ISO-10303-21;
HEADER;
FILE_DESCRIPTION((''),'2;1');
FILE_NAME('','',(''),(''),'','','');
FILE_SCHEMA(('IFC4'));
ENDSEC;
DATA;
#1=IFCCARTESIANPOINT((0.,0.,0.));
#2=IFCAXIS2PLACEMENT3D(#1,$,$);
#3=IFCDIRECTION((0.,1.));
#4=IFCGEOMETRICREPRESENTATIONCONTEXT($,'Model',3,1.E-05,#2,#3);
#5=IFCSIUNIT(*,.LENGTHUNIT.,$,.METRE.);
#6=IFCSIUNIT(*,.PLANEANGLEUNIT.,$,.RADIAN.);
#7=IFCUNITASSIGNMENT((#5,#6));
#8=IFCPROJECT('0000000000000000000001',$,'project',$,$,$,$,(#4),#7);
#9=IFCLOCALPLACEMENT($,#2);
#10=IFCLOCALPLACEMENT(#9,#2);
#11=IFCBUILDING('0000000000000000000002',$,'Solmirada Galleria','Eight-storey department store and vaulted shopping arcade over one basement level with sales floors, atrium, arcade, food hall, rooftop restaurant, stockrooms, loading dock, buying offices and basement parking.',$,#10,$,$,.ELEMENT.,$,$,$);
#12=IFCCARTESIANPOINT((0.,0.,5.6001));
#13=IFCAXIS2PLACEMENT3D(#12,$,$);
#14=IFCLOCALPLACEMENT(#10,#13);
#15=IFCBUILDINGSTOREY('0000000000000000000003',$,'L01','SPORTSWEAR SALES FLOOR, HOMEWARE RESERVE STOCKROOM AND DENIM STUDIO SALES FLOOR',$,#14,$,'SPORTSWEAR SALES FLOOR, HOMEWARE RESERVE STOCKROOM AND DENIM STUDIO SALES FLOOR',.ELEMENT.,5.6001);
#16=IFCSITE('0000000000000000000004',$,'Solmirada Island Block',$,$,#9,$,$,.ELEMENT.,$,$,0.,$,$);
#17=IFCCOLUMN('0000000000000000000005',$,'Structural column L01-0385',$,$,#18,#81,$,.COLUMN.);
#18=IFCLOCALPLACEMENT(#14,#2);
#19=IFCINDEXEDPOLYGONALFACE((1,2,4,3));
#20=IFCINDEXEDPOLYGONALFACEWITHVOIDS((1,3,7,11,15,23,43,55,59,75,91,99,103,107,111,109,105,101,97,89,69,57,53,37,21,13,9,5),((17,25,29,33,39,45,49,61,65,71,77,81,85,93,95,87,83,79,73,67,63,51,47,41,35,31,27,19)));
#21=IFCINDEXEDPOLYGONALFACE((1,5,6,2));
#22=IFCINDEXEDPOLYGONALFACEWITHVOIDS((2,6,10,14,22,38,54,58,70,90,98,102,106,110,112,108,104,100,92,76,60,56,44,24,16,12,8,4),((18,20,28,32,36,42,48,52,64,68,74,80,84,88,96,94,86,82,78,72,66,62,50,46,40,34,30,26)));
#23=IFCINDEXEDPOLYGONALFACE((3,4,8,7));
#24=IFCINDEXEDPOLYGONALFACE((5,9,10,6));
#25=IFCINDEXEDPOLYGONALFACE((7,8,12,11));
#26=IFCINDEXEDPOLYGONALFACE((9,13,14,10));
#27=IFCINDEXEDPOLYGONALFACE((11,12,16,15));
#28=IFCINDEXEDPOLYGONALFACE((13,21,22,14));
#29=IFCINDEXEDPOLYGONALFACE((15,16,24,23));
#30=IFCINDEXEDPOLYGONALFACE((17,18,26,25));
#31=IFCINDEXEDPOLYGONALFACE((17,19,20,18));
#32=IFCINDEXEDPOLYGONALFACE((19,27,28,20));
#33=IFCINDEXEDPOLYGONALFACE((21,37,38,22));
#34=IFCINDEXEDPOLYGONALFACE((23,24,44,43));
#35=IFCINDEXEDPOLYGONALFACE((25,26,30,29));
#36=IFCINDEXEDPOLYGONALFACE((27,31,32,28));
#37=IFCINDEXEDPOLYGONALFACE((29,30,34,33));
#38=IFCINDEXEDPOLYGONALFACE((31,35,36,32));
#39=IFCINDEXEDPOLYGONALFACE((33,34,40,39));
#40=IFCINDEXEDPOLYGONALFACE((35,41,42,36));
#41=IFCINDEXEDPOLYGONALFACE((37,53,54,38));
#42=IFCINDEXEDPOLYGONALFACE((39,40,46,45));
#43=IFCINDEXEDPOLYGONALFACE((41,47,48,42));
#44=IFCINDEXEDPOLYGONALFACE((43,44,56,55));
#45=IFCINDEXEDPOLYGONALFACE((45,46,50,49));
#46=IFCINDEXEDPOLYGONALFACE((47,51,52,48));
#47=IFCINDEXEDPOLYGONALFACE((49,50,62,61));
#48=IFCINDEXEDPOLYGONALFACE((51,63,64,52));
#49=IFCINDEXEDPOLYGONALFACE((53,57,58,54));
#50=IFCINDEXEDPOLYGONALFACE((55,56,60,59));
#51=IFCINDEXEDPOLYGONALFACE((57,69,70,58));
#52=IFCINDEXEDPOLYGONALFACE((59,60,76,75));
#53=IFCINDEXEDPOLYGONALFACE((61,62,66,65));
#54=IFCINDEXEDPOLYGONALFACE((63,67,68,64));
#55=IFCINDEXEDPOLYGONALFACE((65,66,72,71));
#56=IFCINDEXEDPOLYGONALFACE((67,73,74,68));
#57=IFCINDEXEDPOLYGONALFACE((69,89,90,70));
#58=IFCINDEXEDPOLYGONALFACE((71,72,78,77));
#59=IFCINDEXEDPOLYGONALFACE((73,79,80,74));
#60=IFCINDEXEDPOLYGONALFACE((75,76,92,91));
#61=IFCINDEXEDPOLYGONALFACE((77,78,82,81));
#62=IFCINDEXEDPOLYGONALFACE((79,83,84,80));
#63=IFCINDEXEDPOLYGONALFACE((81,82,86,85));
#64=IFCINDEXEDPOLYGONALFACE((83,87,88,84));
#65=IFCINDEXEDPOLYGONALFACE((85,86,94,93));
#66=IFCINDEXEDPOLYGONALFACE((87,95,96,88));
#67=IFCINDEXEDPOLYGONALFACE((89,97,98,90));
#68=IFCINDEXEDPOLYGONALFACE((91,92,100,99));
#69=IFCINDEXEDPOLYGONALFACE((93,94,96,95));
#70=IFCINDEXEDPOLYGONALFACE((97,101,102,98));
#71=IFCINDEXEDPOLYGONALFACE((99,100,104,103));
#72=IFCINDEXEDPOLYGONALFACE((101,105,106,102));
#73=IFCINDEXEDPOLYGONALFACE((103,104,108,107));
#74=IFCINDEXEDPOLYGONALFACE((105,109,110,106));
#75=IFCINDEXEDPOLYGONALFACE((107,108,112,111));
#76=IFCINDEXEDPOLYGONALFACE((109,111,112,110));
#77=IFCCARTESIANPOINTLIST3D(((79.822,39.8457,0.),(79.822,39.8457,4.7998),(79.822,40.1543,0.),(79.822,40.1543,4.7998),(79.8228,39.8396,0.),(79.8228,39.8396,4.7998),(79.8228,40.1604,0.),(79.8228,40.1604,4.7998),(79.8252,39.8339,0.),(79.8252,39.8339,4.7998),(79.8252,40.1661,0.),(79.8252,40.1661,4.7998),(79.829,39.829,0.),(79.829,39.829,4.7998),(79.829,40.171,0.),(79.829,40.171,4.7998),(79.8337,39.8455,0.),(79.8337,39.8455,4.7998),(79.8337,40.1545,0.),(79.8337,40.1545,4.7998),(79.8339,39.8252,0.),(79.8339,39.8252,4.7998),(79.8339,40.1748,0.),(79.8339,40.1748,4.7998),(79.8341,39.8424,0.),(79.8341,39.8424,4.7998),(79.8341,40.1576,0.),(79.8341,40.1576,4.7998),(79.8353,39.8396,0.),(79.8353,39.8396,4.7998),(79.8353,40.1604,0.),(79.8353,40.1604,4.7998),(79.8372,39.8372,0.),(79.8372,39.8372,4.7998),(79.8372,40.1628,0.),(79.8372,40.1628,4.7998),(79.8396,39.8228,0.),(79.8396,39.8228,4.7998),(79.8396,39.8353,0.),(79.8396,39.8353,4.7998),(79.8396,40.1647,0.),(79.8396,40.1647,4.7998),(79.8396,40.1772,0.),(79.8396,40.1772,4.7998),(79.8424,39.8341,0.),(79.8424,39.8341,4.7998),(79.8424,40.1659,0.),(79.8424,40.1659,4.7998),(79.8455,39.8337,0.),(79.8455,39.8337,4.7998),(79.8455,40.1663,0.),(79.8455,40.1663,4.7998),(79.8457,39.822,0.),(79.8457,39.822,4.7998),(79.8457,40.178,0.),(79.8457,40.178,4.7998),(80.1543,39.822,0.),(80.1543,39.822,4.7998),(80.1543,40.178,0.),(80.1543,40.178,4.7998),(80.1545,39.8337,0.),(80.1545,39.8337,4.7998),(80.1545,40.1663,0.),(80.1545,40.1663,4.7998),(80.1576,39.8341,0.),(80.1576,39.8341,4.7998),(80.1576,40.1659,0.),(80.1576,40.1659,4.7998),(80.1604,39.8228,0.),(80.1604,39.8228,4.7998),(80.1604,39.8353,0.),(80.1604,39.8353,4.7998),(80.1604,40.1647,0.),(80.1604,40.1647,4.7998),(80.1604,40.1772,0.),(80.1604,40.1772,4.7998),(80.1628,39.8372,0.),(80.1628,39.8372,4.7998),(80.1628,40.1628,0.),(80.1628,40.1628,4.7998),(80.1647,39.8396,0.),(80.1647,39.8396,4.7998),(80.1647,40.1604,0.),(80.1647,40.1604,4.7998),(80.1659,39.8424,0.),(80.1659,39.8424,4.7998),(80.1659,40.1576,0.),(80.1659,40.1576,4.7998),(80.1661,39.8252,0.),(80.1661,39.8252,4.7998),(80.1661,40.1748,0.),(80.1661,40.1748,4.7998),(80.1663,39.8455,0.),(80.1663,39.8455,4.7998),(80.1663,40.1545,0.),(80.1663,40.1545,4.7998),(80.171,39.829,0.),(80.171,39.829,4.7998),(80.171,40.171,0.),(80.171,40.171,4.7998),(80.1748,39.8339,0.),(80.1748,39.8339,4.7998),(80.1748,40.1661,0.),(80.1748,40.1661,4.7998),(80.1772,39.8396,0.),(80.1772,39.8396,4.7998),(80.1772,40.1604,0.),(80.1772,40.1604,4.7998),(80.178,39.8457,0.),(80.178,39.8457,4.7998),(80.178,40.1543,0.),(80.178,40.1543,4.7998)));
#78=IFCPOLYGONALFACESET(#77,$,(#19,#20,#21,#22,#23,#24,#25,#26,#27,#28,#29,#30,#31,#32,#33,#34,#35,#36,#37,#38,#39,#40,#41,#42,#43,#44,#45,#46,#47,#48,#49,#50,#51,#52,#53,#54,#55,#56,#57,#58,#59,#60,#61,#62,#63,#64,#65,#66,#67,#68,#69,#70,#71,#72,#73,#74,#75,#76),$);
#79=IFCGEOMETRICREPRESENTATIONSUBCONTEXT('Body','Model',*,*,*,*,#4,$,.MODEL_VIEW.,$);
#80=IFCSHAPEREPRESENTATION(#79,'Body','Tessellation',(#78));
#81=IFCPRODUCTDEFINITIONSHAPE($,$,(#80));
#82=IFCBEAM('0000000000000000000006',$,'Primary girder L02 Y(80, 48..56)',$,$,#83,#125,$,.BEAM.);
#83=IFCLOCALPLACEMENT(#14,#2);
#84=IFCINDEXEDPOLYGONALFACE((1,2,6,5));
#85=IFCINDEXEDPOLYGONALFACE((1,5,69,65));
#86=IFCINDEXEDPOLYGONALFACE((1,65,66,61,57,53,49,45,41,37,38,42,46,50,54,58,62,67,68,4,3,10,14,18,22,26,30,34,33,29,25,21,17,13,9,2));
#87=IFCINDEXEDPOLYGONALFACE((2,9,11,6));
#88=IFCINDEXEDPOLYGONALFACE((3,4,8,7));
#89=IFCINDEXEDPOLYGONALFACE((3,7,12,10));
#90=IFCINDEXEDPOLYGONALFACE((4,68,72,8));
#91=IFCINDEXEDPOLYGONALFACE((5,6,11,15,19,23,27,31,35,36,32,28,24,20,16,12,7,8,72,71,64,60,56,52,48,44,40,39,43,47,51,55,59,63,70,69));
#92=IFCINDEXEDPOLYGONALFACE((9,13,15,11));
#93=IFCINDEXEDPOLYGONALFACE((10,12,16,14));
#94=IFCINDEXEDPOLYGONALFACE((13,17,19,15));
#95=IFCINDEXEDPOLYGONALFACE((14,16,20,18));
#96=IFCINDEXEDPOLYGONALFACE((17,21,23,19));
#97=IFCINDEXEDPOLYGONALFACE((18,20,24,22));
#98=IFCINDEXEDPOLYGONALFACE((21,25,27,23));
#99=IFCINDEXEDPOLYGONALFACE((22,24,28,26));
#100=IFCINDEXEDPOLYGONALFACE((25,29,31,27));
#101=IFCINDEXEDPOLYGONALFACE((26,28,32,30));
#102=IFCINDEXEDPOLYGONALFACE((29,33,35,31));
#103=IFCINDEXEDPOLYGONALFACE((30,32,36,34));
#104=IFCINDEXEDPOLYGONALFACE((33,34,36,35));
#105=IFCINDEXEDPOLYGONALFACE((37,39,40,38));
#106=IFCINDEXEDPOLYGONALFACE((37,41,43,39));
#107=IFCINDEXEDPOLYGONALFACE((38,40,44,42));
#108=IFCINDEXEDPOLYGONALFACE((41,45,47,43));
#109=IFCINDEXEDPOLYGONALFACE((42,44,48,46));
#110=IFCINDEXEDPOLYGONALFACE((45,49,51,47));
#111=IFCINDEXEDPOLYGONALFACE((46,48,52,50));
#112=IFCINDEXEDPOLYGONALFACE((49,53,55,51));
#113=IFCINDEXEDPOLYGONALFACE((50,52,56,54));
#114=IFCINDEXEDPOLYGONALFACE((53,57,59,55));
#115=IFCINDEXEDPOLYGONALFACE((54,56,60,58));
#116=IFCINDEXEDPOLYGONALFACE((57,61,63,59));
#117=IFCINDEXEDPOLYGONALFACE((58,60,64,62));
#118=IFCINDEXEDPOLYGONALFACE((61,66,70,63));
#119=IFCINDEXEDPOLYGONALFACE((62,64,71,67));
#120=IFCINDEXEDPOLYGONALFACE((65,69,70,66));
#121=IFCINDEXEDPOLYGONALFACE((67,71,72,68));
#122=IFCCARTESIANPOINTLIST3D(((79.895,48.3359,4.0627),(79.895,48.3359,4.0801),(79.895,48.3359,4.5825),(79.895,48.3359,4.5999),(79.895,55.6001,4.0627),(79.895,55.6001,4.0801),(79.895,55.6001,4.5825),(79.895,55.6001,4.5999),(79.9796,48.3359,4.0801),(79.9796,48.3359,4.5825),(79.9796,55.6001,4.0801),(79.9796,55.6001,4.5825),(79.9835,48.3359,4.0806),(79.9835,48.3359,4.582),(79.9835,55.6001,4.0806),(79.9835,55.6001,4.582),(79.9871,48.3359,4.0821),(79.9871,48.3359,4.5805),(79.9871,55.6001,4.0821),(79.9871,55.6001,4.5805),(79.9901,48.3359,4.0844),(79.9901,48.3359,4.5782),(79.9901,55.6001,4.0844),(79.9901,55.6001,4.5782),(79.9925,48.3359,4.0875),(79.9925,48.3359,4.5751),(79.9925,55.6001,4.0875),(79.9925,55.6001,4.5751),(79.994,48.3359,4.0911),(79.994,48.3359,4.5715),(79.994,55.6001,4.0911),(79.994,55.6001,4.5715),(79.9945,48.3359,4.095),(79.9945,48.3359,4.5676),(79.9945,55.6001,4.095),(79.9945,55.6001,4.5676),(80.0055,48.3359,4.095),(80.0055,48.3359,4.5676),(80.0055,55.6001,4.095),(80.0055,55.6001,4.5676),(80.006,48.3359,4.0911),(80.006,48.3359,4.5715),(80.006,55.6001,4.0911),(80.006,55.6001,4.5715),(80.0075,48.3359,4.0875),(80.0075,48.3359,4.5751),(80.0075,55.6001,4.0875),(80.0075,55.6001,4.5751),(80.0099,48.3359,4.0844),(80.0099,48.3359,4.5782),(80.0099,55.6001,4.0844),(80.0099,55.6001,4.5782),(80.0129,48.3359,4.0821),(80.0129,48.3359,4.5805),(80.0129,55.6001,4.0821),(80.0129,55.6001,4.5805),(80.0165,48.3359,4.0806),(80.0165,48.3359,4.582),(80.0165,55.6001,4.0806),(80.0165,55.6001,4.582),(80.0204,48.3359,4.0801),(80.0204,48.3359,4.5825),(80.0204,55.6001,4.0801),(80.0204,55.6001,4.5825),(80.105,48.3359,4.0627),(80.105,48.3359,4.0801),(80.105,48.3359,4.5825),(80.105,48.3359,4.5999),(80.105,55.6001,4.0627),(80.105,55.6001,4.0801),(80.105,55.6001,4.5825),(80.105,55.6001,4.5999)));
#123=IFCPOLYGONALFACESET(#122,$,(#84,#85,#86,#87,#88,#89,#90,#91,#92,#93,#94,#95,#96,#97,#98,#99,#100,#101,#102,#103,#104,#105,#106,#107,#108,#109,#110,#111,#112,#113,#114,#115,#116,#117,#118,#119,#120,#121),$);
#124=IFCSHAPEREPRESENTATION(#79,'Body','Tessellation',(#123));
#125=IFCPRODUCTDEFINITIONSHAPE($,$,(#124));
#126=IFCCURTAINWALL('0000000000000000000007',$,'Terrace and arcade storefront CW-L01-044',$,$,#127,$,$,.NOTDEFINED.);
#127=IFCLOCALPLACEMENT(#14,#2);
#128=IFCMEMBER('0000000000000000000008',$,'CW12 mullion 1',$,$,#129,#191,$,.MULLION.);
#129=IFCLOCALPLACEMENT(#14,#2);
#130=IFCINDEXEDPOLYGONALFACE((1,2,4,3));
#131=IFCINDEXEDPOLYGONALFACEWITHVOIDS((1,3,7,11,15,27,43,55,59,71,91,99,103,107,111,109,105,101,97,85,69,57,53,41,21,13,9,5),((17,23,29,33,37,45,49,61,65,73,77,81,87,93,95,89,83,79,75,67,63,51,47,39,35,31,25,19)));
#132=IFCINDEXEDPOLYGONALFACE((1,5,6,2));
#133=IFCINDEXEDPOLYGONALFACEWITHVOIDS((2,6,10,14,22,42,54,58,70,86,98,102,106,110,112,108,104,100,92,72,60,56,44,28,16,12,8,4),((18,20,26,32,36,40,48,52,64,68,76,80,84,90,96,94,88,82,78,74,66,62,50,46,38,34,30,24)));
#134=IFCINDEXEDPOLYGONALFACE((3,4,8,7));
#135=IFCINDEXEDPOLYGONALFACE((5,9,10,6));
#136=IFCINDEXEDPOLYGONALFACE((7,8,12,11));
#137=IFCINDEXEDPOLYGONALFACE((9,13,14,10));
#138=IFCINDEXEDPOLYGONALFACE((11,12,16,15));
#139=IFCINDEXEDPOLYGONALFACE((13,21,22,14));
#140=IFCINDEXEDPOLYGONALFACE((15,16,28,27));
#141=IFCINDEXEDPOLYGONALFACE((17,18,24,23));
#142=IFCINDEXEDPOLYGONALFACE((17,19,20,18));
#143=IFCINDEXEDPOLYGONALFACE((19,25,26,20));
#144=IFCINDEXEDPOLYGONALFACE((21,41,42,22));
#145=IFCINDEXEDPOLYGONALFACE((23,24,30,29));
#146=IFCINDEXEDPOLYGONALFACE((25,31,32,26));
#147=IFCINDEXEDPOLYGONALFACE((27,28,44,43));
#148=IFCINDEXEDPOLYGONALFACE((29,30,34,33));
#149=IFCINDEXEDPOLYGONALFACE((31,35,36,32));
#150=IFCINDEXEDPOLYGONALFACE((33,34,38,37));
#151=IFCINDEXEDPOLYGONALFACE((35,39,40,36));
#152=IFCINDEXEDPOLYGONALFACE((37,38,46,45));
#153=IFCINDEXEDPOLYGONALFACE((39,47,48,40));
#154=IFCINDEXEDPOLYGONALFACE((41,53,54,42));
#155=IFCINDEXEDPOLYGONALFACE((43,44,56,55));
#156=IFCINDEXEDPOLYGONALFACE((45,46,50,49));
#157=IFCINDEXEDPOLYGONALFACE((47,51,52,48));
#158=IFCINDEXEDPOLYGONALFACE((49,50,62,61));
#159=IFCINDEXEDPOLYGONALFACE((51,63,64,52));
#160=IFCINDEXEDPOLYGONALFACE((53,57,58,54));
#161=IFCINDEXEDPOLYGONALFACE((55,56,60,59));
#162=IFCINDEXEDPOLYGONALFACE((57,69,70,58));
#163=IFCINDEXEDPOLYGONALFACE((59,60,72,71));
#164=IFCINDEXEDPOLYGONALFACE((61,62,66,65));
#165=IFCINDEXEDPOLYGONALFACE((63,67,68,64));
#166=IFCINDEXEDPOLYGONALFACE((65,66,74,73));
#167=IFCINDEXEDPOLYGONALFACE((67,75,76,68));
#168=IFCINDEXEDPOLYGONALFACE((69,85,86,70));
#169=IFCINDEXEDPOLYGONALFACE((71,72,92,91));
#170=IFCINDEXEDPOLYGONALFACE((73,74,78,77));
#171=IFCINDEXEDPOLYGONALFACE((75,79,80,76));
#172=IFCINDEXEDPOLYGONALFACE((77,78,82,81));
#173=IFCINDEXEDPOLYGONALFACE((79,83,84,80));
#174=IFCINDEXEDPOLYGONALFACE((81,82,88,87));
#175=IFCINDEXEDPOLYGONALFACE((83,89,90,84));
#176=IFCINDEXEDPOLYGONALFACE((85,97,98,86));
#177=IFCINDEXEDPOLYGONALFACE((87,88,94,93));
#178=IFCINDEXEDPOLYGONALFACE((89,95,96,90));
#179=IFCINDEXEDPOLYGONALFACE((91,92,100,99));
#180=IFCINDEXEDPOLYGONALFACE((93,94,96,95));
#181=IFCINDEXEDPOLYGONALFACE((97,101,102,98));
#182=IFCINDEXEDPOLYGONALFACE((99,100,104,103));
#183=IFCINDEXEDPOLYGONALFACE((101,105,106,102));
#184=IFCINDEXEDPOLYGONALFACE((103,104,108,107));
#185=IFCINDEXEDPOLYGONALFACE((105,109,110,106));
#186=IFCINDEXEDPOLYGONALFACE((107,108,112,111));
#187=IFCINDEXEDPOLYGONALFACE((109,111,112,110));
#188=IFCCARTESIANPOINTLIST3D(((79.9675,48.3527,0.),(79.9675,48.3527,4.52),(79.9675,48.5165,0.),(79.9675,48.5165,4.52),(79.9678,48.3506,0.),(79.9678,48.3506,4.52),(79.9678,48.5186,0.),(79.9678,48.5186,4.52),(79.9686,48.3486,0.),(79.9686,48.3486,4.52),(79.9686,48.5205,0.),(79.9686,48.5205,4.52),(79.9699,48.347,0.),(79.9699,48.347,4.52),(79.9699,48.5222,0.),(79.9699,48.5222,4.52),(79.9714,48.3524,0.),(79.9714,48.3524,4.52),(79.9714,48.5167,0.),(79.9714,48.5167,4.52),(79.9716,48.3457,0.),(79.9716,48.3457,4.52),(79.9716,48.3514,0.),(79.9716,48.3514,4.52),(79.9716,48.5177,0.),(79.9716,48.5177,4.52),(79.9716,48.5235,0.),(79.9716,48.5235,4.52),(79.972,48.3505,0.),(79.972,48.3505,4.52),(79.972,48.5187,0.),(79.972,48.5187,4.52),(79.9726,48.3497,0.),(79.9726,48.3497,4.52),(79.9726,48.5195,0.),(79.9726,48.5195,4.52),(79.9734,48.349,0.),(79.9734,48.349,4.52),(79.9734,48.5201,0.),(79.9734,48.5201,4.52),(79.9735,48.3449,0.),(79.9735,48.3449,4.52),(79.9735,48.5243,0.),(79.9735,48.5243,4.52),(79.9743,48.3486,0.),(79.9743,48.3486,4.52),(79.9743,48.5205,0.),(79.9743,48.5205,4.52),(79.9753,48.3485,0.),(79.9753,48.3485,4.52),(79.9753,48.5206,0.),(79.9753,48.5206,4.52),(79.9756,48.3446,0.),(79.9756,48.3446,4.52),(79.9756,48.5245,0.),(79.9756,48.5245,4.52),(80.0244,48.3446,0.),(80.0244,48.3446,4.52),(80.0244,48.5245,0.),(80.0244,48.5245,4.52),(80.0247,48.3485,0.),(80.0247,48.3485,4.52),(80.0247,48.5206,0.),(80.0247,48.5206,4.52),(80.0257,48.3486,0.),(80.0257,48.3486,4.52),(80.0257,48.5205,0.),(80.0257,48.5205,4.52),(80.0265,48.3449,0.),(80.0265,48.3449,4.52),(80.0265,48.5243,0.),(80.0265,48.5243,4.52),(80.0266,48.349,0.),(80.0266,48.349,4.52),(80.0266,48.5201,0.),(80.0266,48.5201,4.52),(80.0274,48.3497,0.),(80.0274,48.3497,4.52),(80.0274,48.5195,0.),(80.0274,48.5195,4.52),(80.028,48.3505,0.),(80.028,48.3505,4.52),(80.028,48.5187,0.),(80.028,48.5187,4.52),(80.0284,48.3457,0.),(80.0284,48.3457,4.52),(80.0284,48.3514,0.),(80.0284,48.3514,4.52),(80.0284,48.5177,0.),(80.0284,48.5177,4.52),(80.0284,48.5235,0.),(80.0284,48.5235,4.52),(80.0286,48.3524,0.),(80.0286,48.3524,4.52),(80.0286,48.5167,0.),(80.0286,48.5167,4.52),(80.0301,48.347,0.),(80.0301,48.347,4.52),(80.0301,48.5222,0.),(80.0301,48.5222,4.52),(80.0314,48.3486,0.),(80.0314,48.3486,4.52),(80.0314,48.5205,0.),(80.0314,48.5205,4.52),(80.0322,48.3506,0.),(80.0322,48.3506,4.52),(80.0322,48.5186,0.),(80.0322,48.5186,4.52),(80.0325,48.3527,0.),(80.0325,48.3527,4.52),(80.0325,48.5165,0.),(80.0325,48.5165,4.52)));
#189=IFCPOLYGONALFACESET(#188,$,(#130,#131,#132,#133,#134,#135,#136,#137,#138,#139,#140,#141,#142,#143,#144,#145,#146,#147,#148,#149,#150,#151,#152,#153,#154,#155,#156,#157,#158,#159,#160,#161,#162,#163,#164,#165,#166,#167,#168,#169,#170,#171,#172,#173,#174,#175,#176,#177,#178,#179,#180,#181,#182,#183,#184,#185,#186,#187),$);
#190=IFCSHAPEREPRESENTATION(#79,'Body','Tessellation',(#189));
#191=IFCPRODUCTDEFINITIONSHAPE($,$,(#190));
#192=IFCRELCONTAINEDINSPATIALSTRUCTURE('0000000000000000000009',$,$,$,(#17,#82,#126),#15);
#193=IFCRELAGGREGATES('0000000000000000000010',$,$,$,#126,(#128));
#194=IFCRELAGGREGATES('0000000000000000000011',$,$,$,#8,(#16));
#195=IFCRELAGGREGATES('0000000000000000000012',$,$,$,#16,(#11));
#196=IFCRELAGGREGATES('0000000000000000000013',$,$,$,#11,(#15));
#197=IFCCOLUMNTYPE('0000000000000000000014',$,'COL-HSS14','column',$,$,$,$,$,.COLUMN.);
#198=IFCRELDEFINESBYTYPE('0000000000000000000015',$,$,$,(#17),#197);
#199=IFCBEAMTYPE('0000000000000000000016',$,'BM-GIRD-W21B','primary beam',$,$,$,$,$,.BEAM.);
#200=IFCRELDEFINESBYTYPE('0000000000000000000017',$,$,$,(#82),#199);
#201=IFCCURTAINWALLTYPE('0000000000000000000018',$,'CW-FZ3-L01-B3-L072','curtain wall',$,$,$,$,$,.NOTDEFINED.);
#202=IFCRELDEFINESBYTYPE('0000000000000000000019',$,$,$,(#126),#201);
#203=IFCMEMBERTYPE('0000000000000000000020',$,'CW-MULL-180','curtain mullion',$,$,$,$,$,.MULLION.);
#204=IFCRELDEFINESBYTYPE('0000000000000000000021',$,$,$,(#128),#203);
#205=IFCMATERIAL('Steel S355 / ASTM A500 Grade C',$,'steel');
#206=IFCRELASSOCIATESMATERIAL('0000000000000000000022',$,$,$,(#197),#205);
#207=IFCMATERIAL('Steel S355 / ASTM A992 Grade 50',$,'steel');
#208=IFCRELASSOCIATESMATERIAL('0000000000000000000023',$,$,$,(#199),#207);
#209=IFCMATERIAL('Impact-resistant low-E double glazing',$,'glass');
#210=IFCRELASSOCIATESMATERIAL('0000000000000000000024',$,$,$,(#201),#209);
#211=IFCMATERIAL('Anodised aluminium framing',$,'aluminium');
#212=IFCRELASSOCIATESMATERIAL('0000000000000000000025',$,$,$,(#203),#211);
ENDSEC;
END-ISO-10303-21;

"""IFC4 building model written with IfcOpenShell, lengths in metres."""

from ifc_helpers import new_model, si_unit, direction, frame, origin, origin_2d, place, context, subcontext, project, spatial, hollow_rectangle, i_section, extrude, material, material_profile, profile_set, type_object, element, aggregate, save


model = new_model("IFC4")

# Units and contexts
model_context = context("Model", 3, precision=1e-05, world=origin(), true_north=direction((0.0, 1.0)))
body_context = subcontext(model_context, "Body", "Model", "MODEL_VIEW")
ifc_project = project(units=[si_unit("LENGTHUNIT", "METRE"), si_unit("PLANEANGLEUNIT", "RADIAN")], contexts=[model_context])

# Site, building, storey
site_placement = place(None, origin())
site = spatial("IfcSite", under=ifc_project, at=site_placement, Name="Solmirada Island Block", CompositionType="ELEMENT", RefElevation=0.0)
building_placement = place(site_placement, origin())
building = spatial("IfcBuilding", under=site, at=building_placement, Name="Solmirada Galleria", Description="Eight-storey department store and vaulted shopping arcade over one basement level with sales floors, atrium, arcade, food hall, rooftop restaurant, stockrooms, loading dock, buying offices and basement parking.", CompositionType="ELEMENT")
storey_placement = place(building_placement, frame((0.0, 0.0, 5.6001)))
storey = spatial("IfcBuildingStorey", under=building, at=storey_placement, Name="L01", Description="SPORTSWEAR SALES FLOOR, HOMEWARE RESERVE STOCKROOM AND DENIM STUDIO SALES FLOOR", LongName="SPORTSWEAR SALES FLOOR, HOMEWARE RESERVE STOCKROOM AND DENIM STUDIO SALES FLOOR", CompositionType="ELEMENT", Elevation=5.6001)

# Column
ifc_material_1 = material(Name="Steel S355 / ASTM A500 Grade C", Category="steel")
ifc_material_profile_1 = material_profile(ifc_material_1, hollow_rectangle(XDim=0.356, YDim=0.356, WallThickness=0.0117, InnerFilletRadius=0.0117, OuterFilletRadius=0.0237, at=origin_2d()), Name="HSS14X14X1/2")
ifc_profile_set_1 = profile_set([ifc_material_profile_1], Name="Steel S355 / ASTM A500 Grade C")
column_type_1 = type_object("IfcColumnType", Name="COL-HSS14", Description="column", PredefinedType="COLUMN", material=ifc_profile_set_1)
column_1_placement = place(storey_placement, frame((80.0, 40.0, 0.0), z_axis=(0.0, 0.0, 1.0), x_axis=(1.0, 0.0, 0.0)))
element("IfcColumn", 1, at=column_1_placement, inside=storey, type_object=column_type_1, Name="Structural column L01-0385", PredefinedType="COLUMN", context=body_context, shape_type="SweptSolid", body=[
    extrude(hollow_rectangle(XDim=0.356, YDim=0.356, WallThickness=0.0117, InnerFilletRadius=0.0117, OuterFilletRadius=0.0237, at=origin_2d()), origin(), (0.0, 0.0, 1.0), 4.7998),
])

# Beam
ifc_material_2 = material(Name="Steel S355 / ASTM A992 Grade 50", Category="steel")
ifc_material_profile_2 = material_profile(ifc_material_2, i_section(OverallWidth=0.21, OverallDepth=0.5371, WebThickness=0.011, FlangeThickness=0.0173, FilletRadius=0.0149, at=origin_2d()), Name="W21X68")
ifc_profile_set_2 = profile_set([ifc_material_profile_2], Name="Steel S355 / ASTM A992 Grade 50")
beam_type = type_object("IfcBeamType", Name="BM-GIRD-W21B", Description="primary beam", PredefinedType="BEAM", material=ifc_profile_set_2)
beam_placement = place(storey_placement, frame((80.0, 48.3359, 4.3313), z_axis=(0.0, 1.0, 0.0), x_axis=(-1.0, 0.0, 0.0)))
element("IfcBeam", 2, at=beam_placement, inside=storey, type_object=beam_type, Name="Primary girder L02 Y(80, 48..56)", PredefinedType="BEAM", context=body_context, shape_type="SweptSolid", body=[
    extrude(i_section(OverallWidth=0.21, OverallDepth=0.5371, WebThickness=0.011, FlangeThickness=0.0173, FilletRadius=0.0149, at=origin_2d()), origin(), (0.0, 0.0, 1.0), 7.2642),
])

# Curtain wall, member
ifc_material_3 = material(Name="Impact-resistant low-E double glazing", Category="glass")
curtain_wall_type = type_object("IfcCurtainWallType", Name="CW-FZ3-L01-B3-L072", Description="curtain wall", PredefinedType="NOTDEFINED", material=ifc_material_3)
curtain_wall_placement = place(storey_placement, origin())
curtain_wall = element("IfcCurtainWall", 3, at=curtain_wall_placement, inside=storey, type_object=curtain_wall_type, Name="Terrace and arcade storefront CW-L01-044", PredefinedType="NOTDEFINED")
ifc_material_4 = material(Name="Anodised aluminium framing", Category="aluminium")
ifc_material_profile_3 = material_profile(ifc_material_4, hollow_rectangle(XDim=0.0649, YDim=0.1799, WallThickness=0.0039, InnerFilletRadius=0.0039, OuterFilletRadius=0.0081, at=origin_2d()), Name="ALU-MULL-180X65")
ifc_profile_set_3 = profile_set([ifc_material_profile_3], Name="Anodised aluminium framing")
member_type_1 = type_object("IfcMemberType", Name="CW-MULL-180", Description="curtain mullion", PredefinedType="MULLION", material=ifc_profile_set_3)
member_1_placement = place(storey_placement, frame((80.0, 48.4346, 0.0), z_axis=(0.0, 0.0, 1.0), x_axis=(-1.0, 0.0, 0.0)))
member_1 = element("IfcMember", 4, at=member_1_placement, type_object=member_type_1, Name="CW12 mullion 1", PredefinedType="MULLION", context=body_context, shape_type="SweptSolid", body=[
    extrude(hollow_rectangle(XDim=0.0649, YDim=0.1799, WallThickness=0.0039, InnerFilletRadius=0.0039, OuterFilletRadius=0.0081, at=origin_2d()), origin(), (0.0, 0.0, 1.0), 4.52),
])
aggregate(curtain_wall, [member_1])

save(model, "model.ifc")
